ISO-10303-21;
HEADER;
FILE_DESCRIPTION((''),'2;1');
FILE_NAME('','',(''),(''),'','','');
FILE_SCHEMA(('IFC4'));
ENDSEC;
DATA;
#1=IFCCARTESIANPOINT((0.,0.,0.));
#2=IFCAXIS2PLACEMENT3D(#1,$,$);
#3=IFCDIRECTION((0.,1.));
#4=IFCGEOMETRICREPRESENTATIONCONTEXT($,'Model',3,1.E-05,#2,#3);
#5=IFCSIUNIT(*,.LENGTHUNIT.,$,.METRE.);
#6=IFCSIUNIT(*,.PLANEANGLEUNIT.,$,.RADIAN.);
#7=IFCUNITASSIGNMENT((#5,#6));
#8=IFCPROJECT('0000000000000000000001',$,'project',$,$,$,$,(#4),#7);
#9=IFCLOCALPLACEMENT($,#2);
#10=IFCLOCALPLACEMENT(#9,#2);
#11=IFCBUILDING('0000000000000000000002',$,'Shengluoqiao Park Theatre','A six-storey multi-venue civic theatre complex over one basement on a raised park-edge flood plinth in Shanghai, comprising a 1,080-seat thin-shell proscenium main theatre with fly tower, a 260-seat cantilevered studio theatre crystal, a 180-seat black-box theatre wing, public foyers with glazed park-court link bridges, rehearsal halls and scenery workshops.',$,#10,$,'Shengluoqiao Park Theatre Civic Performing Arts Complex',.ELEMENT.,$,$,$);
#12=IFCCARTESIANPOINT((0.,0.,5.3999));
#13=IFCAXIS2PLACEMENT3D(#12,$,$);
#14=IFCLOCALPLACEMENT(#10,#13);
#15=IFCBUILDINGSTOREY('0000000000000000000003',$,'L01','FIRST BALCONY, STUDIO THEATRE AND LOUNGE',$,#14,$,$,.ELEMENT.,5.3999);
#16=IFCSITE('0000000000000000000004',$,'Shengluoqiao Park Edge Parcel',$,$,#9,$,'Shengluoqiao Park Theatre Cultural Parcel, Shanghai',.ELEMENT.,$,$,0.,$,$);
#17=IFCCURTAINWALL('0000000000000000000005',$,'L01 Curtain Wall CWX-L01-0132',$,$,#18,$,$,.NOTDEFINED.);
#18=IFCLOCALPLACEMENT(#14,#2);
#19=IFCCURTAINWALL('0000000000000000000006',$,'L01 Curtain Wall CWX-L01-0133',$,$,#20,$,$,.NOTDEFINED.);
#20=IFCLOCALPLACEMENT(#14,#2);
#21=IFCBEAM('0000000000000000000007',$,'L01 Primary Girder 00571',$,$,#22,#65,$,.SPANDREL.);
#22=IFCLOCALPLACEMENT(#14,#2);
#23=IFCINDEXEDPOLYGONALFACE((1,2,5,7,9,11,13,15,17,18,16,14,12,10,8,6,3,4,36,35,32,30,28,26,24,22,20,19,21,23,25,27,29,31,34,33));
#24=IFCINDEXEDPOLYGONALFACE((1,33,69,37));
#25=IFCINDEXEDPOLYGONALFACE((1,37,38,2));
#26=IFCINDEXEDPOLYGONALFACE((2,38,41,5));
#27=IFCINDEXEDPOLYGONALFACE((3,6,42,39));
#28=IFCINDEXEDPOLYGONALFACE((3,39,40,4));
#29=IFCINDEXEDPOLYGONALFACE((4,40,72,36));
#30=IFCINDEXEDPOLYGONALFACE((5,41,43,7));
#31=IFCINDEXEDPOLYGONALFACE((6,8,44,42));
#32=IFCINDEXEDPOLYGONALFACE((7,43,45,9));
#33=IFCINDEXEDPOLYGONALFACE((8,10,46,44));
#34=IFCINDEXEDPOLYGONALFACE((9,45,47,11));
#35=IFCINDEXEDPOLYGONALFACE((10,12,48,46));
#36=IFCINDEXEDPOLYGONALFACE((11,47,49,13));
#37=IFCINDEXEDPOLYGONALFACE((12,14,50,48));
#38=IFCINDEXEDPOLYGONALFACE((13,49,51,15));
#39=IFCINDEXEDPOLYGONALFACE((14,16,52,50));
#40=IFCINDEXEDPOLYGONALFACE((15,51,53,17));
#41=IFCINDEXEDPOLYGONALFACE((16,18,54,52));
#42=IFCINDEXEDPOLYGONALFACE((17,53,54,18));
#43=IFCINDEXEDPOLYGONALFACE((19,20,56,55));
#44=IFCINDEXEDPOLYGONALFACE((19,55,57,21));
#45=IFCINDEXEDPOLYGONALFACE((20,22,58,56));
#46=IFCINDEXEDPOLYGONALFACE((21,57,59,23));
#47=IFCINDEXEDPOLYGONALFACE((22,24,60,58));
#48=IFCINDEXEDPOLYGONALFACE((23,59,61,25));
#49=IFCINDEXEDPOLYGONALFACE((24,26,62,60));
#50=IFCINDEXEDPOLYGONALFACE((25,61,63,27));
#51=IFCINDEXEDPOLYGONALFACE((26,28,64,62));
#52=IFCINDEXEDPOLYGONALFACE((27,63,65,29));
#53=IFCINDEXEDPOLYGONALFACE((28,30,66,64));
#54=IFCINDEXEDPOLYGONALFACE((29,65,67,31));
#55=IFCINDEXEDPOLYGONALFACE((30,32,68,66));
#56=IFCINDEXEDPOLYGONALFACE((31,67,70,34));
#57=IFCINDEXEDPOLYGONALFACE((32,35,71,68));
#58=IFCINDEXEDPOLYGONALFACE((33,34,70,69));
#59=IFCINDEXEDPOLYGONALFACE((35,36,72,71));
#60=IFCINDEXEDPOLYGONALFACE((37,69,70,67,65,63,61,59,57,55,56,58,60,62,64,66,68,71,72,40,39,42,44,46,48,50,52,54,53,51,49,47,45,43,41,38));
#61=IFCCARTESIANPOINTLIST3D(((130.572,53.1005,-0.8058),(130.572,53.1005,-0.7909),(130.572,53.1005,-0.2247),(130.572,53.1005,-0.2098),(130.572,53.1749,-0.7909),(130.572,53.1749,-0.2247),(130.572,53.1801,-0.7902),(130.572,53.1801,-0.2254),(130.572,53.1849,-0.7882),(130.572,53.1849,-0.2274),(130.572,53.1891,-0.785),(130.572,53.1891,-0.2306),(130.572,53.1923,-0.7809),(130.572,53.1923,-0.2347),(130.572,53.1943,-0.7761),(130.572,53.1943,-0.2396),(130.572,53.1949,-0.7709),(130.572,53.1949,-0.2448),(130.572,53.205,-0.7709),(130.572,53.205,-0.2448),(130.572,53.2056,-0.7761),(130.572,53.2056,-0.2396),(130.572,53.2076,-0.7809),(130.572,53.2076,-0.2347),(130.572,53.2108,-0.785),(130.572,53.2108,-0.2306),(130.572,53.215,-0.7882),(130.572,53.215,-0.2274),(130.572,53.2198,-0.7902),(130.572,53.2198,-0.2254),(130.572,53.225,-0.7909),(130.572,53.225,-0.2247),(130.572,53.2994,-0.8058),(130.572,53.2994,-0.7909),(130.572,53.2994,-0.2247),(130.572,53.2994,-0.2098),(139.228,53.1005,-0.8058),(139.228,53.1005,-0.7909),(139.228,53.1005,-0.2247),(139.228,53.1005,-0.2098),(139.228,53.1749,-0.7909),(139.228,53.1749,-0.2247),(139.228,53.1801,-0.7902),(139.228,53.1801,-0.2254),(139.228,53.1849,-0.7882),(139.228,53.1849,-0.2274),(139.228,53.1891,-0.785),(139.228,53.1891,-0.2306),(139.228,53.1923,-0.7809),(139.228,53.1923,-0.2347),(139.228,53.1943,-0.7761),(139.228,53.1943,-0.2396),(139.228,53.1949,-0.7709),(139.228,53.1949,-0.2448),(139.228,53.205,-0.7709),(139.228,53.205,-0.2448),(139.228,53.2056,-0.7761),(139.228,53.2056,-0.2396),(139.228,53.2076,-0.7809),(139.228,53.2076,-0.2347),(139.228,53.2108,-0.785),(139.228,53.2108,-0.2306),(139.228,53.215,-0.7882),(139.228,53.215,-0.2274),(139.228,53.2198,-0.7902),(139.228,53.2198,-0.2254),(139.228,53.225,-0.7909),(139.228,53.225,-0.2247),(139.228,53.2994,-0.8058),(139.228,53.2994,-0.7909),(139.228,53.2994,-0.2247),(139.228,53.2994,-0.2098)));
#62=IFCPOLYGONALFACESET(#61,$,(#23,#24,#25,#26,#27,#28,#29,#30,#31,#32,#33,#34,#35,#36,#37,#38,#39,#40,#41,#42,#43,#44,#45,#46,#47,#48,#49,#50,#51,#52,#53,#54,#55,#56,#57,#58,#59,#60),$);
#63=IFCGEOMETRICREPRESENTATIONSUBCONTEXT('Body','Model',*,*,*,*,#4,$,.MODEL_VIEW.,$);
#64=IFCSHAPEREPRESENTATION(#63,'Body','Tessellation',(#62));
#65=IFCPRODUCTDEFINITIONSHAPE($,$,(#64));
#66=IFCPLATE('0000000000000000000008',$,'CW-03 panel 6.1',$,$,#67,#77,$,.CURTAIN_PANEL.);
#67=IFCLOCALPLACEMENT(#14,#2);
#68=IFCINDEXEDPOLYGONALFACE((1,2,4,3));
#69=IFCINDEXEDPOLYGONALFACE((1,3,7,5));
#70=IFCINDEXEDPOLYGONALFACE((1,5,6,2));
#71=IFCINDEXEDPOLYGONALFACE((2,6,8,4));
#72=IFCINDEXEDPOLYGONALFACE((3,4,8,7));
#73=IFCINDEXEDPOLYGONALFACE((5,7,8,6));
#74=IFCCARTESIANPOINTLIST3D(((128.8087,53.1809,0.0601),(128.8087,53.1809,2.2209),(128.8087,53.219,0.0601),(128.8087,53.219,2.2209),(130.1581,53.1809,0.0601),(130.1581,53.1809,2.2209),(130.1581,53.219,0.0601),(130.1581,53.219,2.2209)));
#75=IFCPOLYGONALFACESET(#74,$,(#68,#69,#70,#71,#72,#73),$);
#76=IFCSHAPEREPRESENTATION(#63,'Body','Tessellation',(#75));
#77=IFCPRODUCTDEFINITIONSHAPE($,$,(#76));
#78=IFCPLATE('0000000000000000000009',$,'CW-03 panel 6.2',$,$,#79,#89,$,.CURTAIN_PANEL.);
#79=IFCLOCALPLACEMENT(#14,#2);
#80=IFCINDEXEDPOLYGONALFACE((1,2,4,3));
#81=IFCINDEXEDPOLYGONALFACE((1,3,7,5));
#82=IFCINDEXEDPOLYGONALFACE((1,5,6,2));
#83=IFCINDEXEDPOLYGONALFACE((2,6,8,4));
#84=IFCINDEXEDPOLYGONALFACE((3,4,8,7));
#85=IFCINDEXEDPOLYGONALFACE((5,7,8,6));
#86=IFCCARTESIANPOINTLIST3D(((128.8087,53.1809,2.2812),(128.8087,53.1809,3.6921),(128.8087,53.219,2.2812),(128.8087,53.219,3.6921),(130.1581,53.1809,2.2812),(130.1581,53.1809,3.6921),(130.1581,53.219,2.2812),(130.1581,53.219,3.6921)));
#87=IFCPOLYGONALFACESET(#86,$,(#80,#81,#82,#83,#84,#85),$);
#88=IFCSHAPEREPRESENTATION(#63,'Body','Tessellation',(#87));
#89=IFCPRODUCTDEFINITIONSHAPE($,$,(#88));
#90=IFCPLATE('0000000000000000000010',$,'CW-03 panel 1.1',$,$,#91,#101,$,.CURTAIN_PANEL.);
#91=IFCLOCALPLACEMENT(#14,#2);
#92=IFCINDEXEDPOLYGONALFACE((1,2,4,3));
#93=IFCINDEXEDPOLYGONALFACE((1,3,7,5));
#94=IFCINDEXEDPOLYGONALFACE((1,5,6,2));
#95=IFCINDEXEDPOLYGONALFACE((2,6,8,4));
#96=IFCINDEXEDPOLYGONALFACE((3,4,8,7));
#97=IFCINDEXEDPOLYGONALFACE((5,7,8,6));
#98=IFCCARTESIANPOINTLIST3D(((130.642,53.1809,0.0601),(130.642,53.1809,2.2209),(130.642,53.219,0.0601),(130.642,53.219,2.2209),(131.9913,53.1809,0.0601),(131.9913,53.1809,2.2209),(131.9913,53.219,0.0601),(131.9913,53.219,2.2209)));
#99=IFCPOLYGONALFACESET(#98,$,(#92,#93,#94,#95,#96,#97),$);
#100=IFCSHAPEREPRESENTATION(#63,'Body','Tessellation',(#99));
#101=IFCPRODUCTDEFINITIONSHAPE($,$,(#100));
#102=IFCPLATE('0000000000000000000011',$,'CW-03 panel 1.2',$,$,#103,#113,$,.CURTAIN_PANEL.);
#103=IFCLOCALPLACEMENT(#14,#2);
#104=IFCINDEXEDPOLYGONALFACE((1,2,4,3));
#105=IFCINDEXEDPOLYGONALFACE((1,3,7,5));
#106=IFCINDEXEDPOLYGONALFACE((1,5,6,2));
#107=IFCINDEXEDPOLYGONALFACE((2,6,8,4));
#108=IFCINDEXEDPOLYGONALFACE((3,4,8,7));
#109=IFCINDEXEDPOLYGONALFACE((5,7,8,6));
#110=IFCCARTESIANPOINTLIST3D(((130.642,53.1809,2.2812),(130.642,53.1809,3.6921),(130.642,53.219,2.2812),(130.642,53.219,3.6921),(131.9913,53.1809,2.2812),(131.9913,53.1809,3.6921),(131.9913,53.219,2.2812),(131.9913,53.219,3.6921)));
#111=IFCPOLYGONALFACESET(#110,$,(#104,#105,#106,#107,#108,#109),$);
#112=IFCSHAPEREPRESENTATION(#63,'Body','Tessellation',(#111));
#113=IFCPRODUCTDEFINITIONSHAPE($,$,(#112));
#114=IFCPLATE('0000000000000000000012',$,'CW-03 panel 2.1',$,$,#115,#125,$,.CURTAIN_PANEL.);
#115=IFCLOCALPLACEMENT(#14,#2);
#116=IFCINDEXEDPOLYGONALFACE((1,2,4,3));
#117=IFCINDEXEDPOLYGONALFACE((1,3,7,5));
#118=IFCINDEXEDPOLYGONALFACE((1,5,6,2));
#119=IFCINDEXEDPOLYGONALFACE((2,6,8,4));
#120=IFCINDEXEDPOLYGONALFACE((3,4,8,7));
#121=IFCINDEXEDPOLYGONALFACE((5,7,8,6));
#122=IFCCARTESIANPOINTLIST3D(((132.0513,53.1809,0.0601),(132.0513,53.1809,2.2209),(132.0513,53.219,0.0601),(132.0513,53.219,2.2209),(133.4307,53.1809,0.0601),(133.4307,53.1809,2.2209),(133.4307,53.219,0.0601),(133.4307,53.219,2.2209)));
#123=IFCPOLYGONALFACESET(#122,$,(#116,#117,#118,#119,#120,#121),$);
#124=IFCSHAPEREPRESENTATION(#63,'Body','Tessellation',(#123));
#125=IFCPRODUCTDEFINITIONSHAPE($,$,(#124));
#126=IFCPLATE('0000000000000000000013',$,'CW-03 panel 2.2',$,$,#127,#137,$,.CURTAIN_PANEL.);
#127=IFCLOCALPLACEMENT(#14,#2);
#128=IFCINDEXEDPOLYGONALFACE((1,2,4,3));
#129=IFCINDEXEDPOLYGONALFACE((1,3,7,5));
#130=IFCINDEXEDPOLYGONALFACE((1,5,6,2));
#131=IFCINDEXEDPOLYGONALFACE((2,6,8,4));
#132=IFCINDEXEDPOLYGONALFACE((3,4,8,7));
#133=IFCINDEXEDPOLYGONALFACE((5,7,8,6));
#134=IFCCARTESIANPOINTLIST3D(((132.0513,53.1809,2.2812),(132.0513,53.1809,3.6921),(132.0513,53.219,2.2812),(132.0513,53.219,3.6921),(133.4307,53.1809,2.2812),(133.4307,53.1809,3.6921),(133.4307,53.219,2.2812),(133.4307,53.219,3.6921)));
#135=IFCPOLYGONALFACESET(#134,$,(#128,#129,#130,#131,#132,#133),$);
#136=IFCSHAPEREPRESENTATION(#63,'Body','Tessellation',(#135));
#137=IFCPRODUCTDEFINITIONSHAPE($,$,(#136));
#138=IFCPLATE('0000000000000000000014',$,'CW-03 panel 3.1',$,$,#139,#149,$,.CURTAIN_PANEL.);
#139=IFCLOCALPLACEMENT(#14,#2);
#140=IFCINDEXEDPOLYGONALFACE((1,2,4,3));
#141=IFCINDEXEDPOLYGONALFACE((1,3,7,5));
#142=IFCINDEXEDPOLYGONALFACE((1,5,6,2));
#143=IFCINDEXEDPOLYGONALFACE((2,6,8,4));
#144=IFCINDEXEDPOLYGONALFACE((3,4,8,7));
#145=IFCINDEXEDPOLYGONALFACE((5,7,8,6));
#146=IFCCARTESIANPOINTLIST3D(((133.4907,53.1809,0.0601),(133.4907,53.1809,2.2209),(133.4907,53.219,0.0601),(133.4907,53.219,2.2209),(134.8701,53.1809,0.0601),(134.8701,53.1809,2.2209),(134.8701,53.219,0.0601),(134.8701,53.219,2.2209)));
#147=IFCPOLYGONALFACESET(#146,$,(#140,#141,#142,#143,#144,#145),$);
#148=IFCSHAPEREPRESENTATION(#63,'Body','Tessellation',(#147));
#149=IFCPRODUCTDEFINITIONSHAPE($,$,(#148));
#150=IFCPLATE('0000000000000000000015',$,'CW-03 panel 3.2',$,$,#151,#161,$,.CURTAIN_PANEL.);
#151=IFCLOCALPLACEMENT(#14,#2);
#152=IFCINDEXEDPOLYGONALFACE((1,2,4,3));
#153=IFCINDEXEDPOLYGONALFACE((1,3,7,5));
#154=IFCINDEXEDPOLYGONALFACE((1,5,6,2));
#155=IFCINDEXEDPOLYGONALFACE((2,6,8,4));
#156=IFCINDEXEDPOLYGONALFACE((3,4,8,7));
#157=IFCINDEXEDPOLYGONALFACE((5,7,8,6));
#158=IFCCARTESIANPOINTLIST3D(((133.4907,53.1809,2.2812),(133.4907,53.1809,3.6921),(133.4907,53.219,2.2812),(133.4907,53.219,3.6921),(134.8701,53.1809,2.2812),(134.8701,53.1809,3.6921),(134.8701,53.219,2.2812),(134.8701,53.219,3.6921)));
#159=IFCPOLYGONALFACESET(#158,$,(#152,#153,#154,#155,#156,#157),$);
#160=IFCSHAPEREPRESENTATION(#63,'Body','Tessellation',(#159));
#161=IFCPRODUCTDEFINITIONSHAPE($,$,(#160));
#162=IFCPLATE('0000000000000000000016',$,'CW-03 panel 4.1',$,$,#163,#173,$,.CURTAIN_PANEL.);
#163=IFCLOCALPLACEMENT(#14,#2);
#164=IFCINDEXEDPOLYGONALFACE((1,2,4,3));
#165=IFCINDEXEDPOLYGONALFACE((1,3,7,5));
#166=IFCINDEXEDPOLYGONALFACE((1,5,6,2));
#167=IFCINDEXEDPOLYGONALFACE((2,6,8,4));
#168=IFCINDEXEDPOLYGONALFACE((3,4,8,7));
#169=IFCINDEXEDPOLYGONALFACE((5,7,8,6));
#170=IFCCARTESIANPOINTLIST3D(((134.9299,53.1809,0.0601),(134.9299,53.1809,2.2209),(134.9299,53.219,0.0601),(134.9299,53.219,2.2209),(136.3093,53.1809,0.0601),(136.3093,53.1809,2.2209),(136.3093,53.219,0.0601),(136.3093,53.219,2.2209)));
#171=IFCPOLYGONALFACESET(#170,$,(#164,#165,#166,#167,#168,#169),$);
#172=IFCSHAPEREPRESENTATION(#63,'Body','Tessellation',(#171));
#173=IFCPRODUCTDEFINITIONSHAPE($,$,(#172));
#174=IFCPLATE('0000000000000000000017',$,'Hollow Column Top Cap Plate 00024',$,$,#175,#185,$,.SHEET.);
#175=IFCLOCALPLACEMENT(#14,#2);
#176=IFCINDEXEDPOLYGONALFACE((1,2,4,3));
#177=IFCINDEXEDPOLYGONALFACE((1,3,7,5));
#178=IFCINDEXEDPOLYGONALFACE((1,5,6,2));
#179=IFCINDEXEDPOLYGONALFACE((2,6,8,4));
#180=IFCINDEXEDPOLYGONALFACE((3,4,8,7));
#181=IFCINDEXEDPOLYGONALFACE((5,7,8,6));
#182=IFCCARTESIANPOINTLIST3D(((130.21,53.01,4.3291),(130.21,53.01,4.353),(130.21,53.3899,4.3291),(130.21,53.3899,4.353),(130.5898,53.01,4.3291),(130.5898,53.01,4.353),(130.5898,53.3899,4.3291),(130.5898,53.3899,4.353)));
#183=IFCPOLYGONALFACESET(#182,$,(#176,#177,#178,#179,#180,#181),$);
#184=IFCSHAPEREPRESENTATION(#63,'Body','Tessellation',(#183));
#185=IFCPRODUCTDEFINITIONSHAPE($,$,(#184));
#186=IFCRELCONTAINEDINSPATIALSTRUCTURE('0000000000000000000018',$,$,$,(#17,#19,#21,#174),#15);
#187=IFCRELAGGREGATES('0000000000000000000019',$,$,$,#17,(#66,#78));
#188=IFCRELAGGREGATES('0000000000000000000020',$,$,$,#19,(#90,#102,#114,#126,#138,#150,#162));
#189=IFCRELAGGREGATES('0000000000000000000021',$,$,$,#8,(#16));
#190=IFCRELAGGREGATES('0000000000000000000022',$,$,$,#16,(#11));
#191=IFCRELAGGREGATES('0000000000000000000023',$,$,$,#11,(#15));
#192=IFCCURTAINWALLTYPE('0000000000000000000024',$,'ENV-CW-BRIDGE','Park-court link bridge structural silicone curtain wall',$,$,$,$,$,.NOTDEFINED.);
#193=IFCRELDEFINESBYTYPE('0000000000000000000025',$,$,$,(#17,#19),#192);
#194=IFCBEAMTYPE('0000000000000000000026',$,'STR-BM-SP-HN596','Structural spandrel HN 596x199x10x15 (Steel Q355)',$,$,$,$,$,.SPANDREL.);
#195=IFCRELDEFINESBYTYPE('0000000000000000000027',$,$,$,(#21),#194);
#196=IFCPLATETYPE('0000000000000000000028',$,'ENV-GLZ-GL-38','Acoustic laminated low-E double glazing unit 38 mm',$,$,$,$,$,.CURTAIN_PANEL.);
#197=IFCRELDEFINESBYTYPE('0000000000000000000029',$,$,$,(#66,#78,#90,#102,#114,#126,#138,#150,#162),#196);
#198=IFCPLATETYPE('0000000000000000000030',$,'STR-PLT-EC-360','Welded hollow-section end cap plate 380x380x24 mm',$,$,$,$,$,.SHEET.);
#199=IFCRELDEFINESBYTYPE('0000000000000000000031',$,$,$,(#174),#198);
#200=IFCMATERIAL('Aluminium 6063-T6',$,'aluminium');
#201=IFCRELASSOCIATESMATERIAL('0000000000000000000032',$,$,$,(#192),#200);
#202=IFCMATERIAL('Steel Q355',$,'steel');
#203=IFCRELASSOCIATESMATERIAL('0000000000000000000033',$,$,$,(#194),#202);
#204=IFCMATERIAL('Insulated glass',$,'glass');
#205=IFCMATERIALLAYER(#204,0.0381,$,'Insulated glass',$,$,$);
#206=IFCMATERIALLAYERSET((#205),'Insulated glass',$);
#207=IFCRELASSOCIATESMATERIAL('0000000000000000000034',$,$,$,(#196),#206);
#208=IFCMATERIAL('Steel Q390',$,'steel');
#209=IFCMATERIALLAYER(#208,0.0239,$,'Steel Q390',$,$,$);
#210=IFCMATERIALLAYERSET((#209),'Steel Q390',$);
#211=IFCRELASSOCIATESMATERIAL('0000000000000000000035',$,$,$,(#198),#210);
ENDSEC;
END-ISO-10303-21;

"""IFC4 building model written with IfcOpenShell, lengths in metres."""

from ifc_helpers import new_model, si_unit, direction, frame, origin, origin_2d, place, context, subcontext, project, spatial, rectangle, i_section, extrude, material, layer, layer_set, material_profile, profile_set, type_object, element, aggregate, save


model = new_model("IFC4")

# Units and contexts
model_context = context("Model", 3, precision=1e-05, world=origin(), true_north=direction((0.0, 1.0)))
body_context = subcontext(model_context, "Body", "Model", "MODEL_VIEW")
ifc_project = project(units=[si_unit("LENGTHUNIT", "METRE"), si_unit("PLANEANGLEUNIT", "RADIAN")], contexts=[model_context])

# Site, building, storey
site_placement = place(None, origin())
site = spatial("IfcSite", under=ifc_project, at=site_placement, Name="Shengluoqiao Park Edge Parcel", LongName="Shengluoqiao Park Theatre Cultural Parcel, Shanghai", CompositionType="ELEMENT", RefElevation=0.0)
building_placement = place(site_placement, origin())
building = spatial("IfcBuilding", under=site, at=building_placement, Name="Shengluoqiao Park Theatre", Description="A six-storey multi-venue civic theatre complex over one basement on a raised park-edge flood plinth in Shanghai, comprising a 1,080-seat thin-shell proscenium main theatre with fly tower, a 260-seat cantilevered studio theatre crystal, a 180-seat black-box theatre wing, public foyers with glazed park-court link bridges, rehearsal halls and scenery workshops.", LongName="Shengluoqiao Park Theatre Civic Performing Arts Complex", CompositionType="ELEMENT")
storey_placement = place(building_placement, frame((0.0, 0.0, 5.3999)))
storey = spatial("IfcBuildingStorey", under=building, at=storey_placement, Name="L01", Description="FIRST BALCONY, STUDIO THEATRE AND LOUNGE", CompositionType="ELEMENT", Elevation=5.3999)

# Shared definitions
ifc_material_1 = material(Name="Steel Q355", Category="steel")

# Curtain wall
ifc_material_2 = material(Name="Aluminium 6063-T6", Category="aluminium")
curtain_wall_type = type_object("IfcCurtainWallType", Name="ENV-CW-BRIDGE", Description="Park-court link bridge structural silicone curtain wall", PredefinedType="NOTDEFINED", material=ifc_material_2)
curtain_wall_1_placement = place(storey_placement, origin())
curtain_wall_1 = element("IfcCurtainWall", 1, at=curtain_wall_1_placement, inside=storey, type_object=curtain_wall_type, Name="L01 Curtain Wall CWX-L01-0132", PredefinedType="NOTDEFINED")

# Curtain wall
curtain_wall_2_placement = place(storey_placement, origin())
curtain_wall_2 = element("IfcCurtainWall", 2, at=curtain_wall_2_placement, inside=storey, type_object=curtain_wall_type, Name="L01 Curtain Wall CWX-L01-0133", PredefinedType="NOTDEFINED")

# Beam
ifc_material_profile_1 = material_profile(ifc_material_1, i_section(OverallWidth=0.199, OverallDepth=0.5959, WebThickness=0.01, FlangeThickness=0.0149, FilletRadius=0.02, at=origin_2d()), Name="HN 596x199x10x15")
ifc_profile_set_1 = profile_set([ifc_material_profile_1], Name="Steel Q355")
beam_type_1 = type_object("IfcBeamType", Name="STR-BM-SP-HN596", Description="Structural spandrel HN 596x199x10x15 (Steel Q355)", PredefinedType="SPANDREL", material=ifc_profile_set_1)
beam_placement = place(storey_placement, frame((130.572, 53.2, -0.5078), z_axis=(1.0, 0.0, 0.0), x_axis=(0.0, 1.0, 0.0)))
element("IfcBeam", 3, at=beam_placement, inside=storey, type_object=beam_type_1, Name="L01 Primary Girder 00571", PredefinedType="SPANDREL", context=body_context, shape_type="SweptSolid", body=[
    extrude(i_section(OverallWidth=0.199, OverallDepth=0.5959, WebThickness=0.01, FlangeThickness=0.0149, FilletRadius=0.02, at=origin_2d()), origin(), (0.0, 0.0, 1.0), 8.656),
])

# Plates
ifc_material_3 = material(Name="Insulated glass", Category="glass")
ifc_layer_1 = layer(ifc_material_3, 0.0381, Name="Insulated glass")
ifc_layer_set_1 = layer_set([ifc_layer_1], Name="Insulated glass")
plate_type_1 = type_object("IfcPlateType", Name="ENV-GLZ-GL-38", Description="Acoustic laminated low-E double glazing unit 38 mm", PredefinedType="CURTAIN_PANEL", material=ifc_layer_set_1)
plate_1_placement = place(storey_placement, frame((129.4834, 53.2, 0.0601), z_axis=(0.0, 0.0, 1.0), x_axis=(1.0, 0.0, 0.0)))
plate_1 = element("IfcPlate", 4, at=plate_1_placement, type_object=plate_type_1, Name="CW-03 panel 6.1", PredefinedType="CURTAIN_PANEL", context=body_context, shape_type="SweptSolid", body=[
    extrude(rectangle(XDim=1.3494, YDim=0.0381, at=origin_2d()), origin(), (0.0, 0.0, 1.0), 2.1609),
])
plate_2_placement = place(storey_placement, frame((129.4834, 53.2, 2.2812), z_axis=(0.0, 0.0, 1.0), x_axis=(1.0, 0.0, 0.0)))
plate_2 = element("IfcPlate", 5, at=plate_2_placement, type_object=plate_type_1, Name="CW-03 panel 6.2", PredefinedType="CURTAIN_PANEL", context=body_context, shape_type="SweptSolid", body=[
    extrude(rectangle(XDim=1.3494, YDim=0.0381, at=origin_2d()), origin(), (0.0, 0.0, 1.0), 1.4109),
])
aggregate(curtain_wall_1, [plate_1, plate_2])
plate_3_placement = place(storey_placement, frame((131.3167, 53.2, 0.0601), z_axis=(0.0, 0.0, 1.0), x_axis=(1.0, 0.0, 0.0)))
plate_3 = element("IfcPlate", 6, at=plate_3_placement, type_object=plate_type_1, Name="CW-03 panel 1.1", PredefinedType="CURTAIN_PANEL", context=body_context, shape_type="SweptSolid", body=[
    extrude(rectangle(XDim=1.3494, YDim=0.0381, at=origin_2d()), origin(), (0.0, 0.0, 1.0), 2.1609),
])
plate_4_placement = place(storey_placement, frame((131.3167, 53.2, 2.2812), z_axis=(0.0, 0.0, 1.0), x_axis=(1.0, 0.0, 0.0)))
plate_4 = element("IfcPlate", 7, at=plate_4_placement, type_object=plate_type_1, Name="CW-03 panel 1.2", PredefinedType="CURTAIN_PANEL", context=body_context, shape_type="SweptSolid", body=[
    extrude(rectangle(XDim=1.3494, YDim=0.0381, at=origin_2d()), origin(), (0.0, 0.0, 1.0), 1.4109),
])
plate_5_placement = place(storey_placement, frame((132.741, 53.2, 0.0601), z_axis=(0.0, 0.0, 1.0), x_axis=(1.0, 0.0, 0.0)))
plate_5 = element("IfcPlate", 8, at=plate_5_placement, type_object=plate_type_1, Name="CW-03 panel 2.1", PredefinedType="CURTAIN_PANEL", context=body_context, shape_type="SweptSolid", body=[
    extrude(rectangle(XDim=1.3794, YDim=0.0381, at=origin_2d()), origin(), (0.0, 0.0, 1.0), 2.1609),
])
plate_6_placement = place(storey_placement, frame((132.741, 53.2, 2.2812), z_axis=(0.0, 0.0, 1.0), x_axis=(1.0, 0.0, 0.0)))
plate_6 = element("IfcPlate", 9, at=plate_6_placement, type_object=plate_type_1, Name="CW-03 panel 2.2", PredefinedType="CURTAIN_PANEL", context=body_context, shape_type="SweptSolid", body=[
    extrude(rectangle(XDim=1.3794, YDim=0.0381, at=origin_2d()), origin(), (0.0, 0.0, 1.0), 1.4109),
])
plate_7_placement = place(storey_placement, frame((134.1804, 53.2, 0.0601), z_axis=(0.0, 0.0, 1.0), x_axis=(1.0, 0.0, 0.0)))
plate_7 = element("IfcPlate", 10, at=plate_7_placement, type_object=plate_type_1, Name="CW-03 panel 3.1", PredefinedType="CURTAIN_PANEL", context=body_context, shape_type="SweptSolid", body=[
    extrude(rectangle(XDim=1.3794, YDim=0.0381, at=origin_2d()), origin(), (0.0, 0.0, 1.0), 2.1609),
])
plate_8_placement = place(storey_placement, frame((134.1804, 53.2, 2.2812), z_axis=(0.0, 0.0, 1.0), x_axis=(1.0, 0.0, 0.0)))
plate_8 = element("IfcPlate", 11, at=plate_8_placement, type_object=plate_type_1, Name="CW-03 panel 3.2", PredefinedType="CURTAIN_PANEL", context=body_context, shape_type="SweptSolid", body=[
    extrude(rectangle(XDim=1.3794, YDim=0.0381, at=origin_2d()), origin(), (0.0, 0.0, 1.0), 1.4109),
])
plate_9_placement = place(storey_placement, frame((135.6196, 53.2, 0.0601), z_axis=(0.0, 0.0, 1.0), x_axis=(1.0, 0.0, 0.0)))
plate_9 = element("IfcPlate", 12, at=plate_9_placement, type_object=plate_type_1, Name="CW-03 panel 4.1", PredefinedType="CURTAIN_PANEL", context=body_context, shape_type="SweptSolid", body=[
    extrude(rectangle(XDim=1.3794, YDim=0.0381, at=origin_2d()), origin(), (0.0, 0.0, 1.0), 2.1609),
])
aggregate(curtain_wall_2, [plate_3, plate_4, plate_5, plate_6, plate_7, plate_8, plate_9])
ifc_material_4 = material(Name="Steel Q390", Category="steel")
ifc_layer_2 = layer(ifc_material_4, 0.0239, Name="Steel Q390")
ifc_layer_set_2 = layer_set([ifc_layer_2], Name="Steel Q390")
plate_type_2 = type_object("IfcPlateType", Name="STR-PLT-EC-360", Description="Welded hollow-section end cap plate 380x380x24 mm", PredefinedType="SHEET", material=ifc_layer_set_2)
plate_10_placement = place(storey_placement, frame((130.3999, 53.2, 4.3291), z_axis=(0.0, 0.0, 1.0), x_axis=(1.0, 0.0, 0.0)))
element("IfcPlate", 13, at=plate_10_placement, inside=storey, type_object=plate_type_2, Name="Hollow Column Top Cap Plate 00024", PredefinedType="SHEET", context=body_context, shape_type="SweptSolid", body=[
    extrude(rectangle(XDim=0.3799, YDim=0.3799, at=origin_2d()), origin(), (0.0, 0.0, 1.0), 0.0239),
])

save(model, "model.ifc")
